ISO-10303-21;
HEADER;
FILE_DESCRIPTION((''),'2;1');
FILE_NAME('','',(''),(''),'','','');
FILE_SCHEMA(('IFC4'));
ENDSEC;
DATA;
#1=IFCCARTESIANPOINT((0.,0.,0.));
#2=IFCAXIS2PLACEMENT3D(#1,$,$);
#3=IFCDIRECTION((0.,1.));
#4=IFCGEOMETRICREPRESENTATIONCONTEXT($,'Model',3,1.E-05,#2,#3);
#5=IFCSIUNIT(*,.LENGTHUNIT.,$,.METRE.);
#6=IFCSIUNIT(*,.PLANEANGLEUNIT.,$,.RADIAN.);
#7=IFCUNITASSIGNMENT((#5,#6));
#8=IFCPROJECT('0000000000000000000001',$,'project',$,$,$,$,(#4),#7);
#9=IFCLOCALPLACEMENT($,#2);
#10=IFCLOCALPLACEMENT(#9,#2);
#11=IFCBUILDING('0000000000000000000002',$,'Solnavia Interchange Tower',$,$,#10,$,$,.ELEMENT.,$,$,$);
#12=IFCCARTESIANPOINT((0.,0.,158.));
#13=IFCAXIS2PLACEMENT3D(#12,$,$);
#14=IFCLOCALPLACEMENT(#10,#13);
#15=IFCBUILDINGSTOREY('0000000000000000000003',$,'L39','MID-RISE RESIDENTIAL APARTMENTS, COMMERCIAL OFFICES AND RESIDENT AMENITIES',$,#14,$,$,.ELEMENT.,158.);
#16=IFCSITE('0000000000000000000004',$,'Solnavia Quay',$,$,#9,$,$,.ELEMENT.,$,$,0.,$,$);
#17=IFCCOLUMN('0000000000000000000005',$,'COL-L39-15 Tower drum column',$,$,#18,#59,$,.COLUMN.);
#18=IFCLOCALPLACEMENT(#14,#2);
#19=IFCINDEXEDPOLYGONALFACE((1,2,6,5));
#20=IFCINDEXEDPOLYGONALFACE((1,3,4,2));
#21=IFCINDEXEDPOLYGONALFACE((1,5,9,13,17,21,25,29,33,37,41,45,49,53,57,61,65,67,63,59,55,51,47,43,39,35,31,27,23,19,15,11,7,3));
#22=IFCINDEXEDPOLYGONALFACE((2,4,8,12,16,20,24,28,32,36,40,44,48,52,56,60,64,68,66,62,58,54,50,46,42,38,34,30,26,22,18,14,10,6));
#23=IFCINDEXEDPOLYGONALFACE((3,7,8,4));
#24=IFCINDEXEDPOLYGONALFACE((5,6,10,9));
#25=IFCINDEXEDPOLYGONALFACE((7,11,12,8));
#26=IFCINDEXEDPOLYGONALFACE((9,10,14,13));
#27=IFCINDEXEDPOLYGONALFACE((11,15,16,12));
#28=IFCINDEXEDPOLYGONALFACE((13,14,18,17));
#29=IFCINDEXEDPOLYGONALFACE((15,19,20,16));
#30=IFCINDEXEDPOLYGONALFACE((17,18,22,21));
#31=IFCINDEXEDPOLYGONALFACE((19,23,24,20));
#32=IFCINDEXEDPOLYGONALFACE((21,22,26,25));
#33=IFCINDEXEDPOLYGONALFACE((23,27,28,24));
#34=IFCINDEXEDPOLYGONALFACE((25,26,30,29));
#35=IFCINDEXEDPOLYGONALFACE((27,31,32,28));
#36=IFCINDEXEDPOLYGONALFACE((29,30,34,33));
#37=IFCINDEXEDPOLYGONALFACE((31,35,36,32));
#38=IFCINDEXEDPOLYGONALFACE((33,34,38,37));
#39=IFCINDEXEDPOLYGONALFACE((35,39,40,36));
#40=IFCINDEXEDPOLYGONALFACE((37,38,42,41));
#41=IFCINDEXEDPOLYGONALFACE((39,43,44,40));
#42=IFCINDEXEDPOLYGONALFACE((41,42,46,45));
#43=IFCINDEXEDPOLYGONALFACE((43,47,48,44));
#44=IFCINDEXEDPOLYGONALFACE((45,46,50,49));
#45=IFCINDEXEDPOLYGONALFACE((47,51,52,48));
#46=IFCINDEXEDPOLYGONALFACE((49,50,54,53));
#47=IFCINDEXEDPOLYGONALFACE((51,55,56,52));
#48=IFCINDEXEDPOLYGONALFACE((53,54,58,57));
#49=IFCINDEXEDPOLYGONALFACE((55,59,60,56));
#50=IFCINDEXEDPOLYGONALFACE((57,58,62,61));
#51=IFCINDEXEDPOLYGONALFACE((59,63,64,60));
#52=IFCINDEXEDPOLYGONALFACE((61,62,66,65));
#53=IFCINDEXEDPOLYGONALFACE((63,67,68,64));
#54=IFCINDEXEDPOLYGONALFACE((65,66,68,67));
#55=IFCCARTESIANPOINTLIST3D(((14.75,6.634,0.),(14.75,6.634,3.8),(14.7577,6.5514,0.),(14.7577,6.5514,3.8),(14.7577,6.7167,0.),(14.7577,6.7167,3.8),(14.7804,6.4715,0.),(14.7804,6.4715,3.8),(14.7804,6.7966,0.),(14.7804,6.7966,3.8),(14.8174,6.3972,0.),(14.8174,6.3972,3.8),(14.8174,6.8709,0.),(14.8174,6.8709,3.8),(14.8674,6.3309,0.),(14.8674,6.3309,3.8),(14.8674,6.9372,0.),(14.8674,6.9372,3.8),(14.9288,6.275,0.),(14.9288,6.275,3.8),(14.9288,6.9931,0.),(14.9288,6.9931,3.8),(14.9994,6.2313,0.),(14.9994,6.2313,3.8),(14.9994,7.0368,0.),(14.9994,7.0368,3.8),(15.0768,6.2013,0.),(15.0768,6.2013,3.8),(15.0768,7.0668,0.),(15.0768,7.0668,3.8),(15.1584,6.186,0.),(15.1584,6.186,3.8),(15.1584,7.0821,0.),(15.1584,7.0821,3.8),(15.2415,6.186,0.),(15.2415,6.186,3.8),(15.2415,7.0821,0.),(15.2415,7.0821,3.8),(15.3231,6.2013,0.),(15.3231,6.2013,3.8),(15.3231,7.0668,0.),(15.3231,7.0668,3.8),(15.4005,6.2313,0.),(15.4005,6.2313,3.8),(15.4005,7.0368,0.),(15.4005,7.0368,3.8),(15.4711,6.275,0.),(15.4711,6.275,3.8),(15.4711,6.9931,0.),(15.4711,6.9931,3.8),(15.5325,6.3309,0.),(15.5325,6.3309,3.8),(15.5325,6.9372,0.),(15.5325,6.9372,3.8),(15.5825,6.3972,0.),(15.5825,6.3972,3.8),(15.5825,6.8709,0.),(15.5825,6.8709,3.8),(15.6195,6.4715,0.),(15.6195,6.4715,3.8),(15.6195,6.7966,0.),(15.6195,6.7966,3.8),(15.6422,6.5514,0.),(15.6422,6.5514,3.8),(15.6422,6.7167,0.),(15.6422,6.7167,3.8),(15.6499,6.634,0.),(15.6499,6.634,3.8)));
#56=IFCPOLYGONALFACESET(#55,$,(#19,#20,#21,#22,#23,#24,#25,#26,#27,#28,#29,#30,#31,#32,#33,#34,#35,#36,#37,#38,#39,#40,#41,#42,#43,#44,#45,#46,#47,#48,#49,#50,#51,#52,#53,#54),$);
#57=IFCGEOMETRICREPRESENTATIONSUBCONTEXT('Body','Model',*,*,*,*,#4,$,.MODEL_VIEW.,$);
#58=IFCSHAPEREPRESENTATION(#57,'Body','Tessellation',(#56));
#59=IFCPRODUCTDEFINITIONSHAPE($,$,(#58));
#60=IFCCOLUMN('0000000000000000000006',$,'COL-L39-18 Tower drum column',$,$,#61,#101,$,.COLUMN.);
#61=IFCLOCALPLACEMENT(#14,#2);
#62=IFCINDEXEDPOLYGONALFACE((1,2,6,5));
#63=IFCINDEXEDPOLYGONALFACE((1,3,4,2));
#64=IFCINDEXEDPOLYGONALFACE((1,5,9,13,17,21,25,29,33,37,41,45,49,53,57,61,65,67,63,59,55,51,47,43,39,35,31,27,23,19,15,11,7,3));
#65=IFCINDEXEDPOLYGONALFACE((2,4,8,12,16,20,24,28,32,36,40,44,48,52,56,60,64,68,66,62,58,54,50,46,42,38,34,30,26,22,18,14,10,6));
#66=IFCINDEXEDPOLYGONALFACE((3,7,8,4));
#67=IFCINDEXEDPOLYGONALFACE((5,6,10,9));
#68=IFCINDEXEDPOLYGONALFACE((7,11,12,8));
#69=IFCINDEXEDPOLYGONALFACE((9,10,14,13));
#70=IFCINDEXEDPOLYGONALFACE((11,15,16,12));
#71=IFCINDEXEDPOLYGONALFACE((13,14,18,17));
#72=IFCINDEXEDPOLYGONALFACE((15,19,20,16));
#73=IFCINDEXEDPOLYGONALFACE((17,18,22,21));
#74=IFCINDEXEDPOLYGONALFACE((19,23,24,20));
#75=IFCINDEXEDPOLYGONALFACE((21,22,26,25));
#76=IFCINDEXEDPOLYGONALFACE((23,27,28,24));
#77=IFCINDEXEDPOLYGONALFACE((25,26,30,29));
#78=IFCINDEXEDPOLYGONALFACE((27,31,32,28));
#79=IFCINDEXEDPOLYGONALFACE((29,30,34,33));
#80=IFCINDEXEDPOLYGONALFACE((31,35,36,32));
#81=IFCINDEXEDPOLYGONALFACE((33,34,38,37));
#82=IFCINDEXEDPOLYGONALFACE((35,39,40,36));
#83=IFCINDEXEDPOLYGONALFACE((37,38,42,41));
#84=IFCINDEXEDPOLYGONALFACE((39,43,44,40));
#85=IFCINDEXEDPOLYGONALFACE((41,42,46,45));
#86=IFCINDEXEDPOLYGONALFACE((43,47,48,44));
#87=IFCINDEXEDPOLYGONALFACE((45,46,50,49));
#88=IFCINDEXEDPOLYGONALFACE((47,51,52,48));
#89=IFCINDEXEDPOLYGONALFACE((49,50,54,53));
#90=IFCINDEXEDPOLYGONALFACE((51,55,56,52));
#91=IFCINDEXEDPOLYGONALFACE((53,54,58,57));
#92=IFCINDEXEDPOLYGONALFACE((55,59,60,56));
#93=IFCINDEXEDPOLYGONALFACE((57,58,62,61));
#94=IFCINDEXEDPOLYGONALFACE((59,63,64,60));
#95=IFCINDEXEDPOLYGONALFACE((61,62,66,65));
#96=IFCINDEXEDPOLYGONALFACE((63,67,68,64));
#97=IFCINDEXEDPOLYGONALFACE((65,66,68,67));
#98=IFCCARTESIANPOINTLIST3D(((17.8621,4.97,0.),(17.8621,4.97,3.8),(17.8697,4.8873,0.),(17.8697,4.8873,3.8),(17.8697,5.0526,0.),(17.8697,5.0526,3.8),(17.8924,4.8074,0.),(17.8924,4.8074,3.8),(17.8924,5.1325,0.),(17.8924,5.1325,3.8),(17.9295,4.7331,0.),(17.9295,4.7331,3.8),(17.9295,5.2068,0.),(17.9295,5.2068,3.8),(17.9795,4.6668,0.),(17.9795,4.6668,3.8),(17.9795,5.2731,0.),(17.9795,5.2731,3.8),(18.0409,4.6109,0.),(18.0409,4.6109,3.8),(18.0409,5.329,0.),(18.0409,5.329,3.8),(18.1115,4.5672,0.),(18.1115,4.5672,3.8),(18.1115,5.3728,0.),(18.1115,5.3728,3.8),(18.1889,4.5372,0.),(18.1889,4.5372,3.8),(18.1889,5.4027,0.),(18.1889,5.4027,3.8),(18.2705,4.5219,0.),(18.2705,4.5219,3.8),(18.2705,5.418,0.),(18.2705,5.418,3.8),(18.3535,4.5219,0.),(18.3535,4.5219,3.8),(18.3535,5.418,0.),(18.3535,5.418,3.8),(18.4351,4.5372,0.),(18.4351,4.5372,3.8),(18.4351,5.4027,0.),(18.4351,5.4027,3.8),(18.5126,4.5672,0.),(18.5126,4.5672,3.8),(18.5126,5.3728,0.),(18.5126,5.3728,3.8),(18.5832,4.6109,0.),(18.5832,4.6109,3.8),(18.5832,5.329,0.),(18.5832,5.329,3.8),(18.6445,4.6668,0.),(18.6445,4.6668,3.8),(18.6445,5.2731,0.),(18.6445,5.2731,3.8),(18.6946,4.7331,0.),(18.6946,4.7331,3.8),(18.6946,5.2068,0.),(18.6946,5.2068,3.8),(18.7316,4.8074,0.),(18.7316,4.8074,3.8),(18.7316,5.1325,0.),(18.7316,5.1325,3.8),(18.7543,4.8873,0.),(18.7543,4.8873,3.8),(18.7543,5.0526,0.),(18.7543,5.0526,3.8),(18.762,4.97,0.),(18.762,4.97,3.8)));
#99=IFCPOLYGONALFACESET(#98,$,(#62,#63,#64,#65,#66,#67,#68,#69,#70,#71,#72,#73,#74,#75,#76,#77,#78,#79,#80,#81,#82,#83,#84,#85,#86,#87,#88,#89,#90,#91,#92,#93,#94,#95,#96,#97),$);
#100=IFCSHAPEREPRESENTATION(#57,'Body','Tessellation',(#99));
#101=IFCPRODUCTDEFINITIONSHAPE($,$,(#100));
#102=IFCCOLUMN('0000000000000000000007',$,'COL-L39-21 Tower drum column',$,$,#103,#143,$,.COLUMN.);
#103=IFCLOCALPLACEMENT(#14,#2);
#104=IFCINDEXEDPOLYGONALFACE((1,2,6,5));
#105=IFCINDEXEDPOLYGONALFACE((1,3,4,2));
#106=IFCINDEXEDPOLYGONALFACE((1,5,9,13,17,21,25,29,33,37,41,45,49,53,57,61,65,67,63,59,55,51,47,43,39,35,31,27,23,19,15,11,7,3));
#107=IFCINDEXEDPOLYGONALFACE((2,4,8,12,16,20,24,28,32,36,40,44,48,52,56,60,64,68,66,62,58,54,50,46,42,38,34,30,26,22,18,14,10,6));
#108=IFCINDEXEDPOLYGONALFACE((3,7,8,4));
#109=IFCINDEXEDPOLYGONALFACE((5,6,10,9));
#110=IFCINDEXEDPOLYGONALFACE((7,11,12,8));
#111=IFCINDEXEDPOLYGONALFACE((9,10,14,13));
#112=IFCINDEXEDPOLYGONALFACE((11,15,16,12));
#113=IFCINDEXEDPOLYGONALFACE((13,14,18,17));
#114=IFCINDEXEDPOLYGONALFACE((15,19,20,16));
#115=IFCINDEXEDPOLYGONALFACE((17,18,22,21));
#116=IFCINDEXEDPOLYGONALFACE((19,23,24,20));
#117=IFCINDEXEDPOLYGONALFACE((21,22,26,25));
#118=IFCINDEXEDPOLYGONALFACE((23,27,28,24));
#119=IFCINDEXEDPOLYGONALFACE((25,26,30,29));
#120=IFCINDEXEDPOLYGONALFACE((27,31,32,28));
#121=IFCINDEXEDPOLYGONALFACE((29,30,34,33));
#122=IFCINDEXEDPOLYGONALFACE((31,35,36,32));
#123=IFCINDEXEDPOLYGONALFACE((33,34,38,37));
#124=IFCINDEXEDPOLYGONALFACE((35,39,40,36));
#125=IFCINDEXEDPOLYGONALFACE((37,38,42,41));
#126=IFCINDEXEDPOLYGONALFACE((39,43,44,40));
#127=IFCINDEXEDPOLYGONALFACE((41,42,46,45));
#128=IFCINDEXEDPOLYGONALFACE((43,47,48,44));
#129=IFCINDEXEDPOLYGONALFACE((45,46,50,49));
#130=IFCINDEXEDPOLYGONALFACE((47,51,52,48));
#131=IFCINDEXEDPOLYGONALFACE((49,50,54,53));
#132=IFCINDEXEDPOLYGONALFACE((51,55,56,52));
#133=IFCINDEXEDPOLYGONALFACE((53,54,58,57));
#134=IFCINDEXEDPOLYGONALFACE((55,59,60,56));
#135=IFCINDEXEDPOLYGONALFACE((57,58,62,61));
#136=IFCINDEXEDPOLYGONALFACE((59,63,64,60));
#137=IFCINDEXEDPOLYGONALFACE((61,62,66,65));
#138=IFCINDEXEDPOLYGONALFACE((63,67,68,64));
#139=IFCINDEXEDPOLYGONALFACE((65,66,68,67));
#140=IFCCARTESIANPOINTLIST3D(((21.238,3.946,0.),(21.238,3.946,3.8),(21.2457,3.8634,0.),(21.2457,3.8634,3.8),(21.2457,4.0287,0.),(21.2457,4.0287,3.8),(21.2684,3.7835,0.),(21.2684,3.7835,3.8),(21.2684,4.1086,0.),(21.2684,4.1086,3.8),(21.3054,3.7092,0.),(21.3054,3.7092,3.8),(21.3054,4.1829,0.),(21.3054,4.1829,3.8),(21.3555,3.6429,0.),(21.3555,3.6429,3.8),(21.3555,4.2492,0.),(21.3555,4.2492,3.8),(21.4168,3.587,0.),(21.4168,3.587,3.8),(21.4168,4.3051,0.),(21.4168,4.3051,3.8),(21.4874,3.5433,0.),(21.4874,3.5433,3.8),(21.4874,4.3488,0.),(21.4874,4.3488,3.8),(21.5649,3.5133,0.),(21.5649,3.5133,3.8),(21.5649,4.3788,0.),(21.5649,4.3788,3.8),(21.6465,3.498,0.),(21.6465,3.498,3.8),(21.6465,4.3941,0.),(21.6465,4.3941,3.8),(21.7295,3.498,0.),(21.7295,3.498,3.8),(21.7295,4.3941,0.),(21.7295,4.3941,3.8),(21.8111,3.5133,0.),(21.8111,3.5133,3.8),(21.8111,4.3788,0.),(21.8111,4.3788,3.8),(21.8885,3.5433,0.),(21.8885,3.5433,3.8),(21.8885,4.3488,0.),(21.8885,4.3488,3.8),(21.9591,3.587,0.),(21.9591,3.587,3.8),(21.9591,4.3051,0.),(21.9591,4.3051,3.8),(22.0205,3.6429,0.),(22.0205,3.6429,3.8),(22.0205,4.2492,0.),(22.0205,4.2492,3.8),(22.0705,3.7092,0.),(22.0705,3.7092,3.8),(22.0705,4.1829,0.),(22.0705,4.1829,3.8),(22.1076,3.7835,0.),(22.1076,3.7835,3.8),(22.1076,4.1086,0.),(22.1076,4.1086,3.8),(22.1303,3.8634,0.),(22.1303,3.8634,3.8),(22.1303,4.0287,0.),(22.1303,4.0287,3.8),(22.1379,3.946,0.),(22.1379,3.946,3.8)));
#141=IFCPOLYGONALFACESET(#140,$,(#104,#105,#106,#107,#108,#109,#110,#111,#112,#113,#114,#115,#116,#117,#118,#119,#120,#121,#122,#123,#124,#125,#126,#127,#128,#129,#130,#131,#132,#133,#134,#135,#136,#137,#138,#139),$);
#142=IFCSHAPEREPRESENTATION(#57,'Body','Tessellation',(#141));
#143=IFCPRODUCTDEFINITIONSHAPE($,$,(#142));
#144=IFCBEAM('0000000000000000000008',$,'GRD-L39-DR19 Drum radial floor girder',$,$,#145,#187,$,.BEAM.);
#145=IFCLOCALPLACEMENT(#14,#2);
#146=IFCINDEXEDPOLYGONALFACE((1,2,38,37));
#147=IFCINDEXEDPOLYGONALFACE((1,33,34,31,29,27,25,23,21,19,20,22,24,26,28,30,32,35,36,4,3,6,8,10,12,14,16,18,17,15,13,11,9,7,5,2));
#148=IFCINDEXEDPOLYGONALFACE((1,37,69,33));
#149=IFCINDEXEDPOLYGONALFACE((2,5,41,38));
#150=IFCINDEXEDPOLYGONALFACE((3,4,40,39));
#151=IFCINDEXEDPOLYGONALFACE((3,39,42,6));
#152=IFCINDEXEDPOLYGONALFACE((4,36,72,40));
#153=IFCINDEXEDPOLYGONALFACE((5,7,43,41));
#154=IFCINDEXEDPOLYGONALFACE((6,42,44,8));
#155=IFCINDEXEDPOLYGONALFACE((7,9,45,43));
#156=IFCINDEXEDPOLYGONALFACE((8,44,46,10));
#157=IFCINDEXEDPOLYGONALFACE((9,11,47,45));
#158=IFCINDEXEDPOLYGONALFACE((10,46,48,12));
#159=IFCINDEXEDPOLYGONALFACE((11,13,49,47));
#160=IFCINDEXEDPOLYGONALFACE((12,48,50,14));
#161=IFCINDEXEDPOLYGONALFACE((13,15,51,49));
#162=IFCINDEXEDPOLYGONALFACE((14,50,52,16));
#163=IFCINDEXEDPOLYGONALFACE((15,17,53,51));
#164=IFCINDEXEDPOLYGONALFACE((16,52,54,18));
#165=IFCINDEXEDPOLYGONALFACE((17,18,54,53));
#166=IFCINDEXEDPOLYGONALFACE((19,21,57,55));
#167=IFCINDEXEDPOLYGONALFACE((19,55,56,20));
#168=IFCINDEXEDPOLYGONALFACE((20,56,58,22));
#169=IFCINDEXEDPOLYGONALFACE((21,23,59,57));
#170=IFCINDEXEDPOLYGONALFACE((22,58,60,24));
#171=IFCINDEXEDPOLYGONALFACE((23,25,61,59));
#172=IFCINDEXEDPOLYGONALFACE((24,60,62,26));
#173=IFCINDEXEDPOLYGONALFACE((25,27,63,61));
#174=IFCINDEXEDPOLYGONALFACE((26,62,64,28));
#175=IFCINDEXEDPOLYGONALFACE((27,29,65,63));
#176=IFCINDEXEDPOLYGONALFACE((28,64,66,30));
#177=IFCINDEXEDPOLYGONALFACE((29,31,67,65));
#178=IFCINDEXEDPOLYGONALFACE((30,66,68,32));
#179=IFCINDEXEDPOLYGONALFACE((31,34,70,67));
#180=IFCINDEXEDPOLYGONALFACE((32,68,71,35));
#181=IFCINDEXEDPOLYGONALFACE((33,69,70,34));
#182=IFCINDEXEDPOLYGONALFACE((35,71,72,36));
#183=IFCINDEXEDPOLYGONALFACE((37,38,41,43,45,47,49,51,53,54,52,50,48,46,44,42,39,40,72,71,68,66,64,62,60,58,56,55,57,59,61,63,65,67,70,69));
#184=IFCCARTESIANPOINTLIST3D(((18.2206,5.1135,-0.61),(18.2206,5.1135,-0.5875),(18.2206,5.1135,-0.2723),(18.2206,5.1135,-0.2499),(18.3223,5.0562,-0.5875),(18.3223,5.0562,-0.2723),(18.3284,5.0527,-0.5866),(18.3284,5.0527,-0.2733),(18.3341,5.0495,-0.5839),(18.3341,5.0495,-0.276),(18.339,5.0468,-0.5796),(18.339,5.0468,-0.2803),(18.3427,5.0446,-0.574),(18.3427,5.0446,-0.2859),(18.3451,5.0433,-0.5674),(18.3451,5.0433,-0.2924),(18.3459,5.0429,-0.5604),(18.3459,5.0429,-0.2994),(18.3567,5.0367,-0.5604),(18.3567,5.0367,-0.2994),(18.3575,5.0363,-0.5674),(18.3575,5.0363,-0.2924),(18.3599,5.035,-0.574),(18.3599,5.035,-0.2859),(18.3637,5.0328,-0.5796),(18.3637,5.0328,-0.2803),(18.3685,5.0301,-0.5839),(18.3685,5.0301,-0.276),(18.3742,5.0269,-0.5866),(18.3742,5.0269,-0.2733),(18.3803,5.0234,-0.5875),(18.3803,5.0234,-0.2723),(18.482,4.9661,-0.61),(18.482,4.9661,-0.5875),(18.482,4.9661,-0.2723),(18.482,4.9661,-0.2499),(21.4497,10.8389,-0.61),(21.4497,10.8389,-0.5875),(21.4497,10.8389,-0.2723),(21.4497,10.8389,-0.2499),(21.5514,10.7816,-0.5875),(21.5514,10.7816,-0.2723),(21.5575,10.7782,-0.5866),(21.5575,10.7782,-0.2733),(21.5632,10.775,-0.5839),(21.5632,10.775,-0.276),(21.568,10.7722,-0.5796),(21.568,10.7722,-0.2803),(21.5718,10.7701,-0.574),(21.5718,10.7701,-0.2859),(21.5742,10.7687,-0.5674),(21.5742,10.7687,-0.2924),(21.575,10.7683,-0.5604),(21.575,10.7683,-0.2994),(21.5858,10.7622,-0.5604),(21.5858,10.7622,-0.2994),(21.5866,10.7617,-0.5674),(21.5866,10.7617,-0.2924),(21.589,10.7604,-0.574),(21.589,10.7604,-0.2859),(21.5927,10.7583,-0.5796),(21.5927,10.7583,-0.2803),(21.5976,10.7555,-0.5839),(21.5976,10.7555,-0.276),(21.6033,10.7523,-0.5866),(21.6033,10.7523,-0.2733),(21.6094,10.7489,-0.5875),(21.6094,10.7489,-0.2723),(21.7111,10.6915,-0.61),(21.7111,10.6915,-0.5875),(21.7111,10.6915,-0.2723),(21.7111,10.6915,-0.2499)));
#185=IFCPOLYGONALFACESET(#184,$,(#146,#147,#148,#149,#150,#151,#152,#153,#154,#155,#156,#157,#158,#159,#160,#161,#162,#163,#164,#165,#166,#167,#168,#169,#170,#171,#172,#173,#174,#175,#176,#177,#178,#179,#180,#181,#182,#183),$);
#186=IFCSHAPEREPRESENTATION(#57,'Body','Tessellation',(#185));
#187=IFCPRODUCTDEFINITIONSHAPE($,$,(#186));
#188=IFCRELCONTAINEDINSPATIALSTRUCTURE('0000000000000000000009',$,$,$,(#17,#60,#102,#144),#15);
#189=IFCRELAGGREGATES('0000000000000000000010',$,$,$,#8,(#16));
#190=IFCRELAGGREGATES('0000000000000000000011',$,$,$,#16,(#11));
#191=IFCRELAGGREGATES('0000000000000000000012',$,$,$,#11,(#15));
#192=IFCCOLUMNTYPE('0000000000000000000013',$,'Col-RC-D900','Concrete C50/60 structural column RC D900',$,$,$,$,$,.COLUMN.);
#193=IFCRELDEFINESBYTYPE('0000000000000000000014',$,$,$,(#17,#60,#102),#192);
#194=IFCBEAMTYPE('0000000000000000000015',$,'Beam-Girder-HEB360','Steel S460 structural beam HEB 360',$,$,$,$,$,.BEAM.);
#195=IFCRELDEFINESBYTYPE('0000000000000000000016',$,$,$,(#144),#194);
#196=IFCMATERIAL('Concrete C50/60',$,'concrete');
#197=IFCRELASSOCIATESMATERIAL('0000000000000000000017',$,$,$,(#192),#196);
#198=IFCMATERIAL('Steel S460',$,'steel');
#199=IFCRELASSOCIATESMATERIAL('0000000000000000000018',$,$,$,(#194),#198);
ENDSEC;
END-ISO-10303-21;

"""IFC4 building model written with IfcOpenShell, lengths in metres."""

from ifc_helpers import new_model, si_unit, direction, frame, origin, origin_2d, place, context, subcontext, project, spatial, circle, i_section, extrude, material, material_profile, profile_set, type_object, element, save


model = new_model("IFC4")

# Units and contexts
model_context = context("Model", 3, precision=1e-05, world=origin(), true_north=direction((0.0, 1.0)))
body_context = subcontext(model_context, "Body", "Model", "MODEL_VIEW")
ifc_project = project(units=[si_unit("LENGTHUNIT", "METRE"), si_unit("PLANEANGLEUNIT", "RADIAN")], contexts=[model_context])

# Site, building, storey
site_placement = place(None, origin())
site = spatial("IfcSite", under=ifc_project, at=site_placement, Name="Solnavia Quay", CompositionType="ELEMENT", RefElevation=0.0)
building_placement = place(site_placement, origin())
building = spatial("IfcBuilding", under=site, at=building_placement, Name="Solnavia Interchange Tower", CompositionType="ELEMENT")
storey_placement = place(building_placement, frame((0.0, 0.0, 158.0)))
storey = spatial("IfcBuildingStorey", under=building, at=storey_placement, Name="L39", Description="MID-RISE RESIDENTIAL APARTMENTS, COMMERCIAL OFFICES AND RESIDENT AMENITIES", CompositionType="ELEMENT", Elevation=158.0)

# Columns
ifc_material_1 = material(Name="Concrete C50/60", Category="concrete")
ifc_material_profile_1 = material_profile(ifc_material_1, circle(Radius=0.45, at=origin_2d()), Name="RC D900")
ifc_profile_set_1 = profile_set([ifc_material_profile_1], Name="Concrete C50/60")
column_type = type_object("IfcColumnType", Name="Col-RC-D900", Description="Concrete C50/60 structural column RC D900", PredefinedType="COLUMN", material=ifc_profile_set_1)
for number, where, z_axis, x_axis, name in (
    (1, (15.2, 6.634, 0.0), (0.0, 0.0, 1.0), (1.0, 0.0, 0.0), "COL-L39-15 Tower drum column"),
    (2, (18.312, 4.97, 0.0), (0.0, 0.0, 1.0), (1.0, 0.0, 0.0), "COL-L39-18 Tower drum column"),
    (3, (21.688, 3.946, 0.0), (0.0, 0.0, 1.0), (1.0, 0.0, 0.0), "COL-L39-21 Tower drum column"),
):
    element("IfcColumn", number, at=place(storey_placement, frame(where, z_axis=z_axis, x_axis=x_axis)), inside=storey, type_object=column_type, Name=name, PredefinedType="COLUMN", context=body_context, shape_type="SweptSolid", body=[
        extrude(circle(Radius=0.45, at=origin_2d()), origin(), (0.0, 0.0, 1.0), 3.8),
    ])

# Beam
ifc_material_2 = material(Name="Steel S460", Category="steel")
ifc_material_profile_2 = material_profile(ifc_material_2, i_section(OverallWidth=0.3, OverallDepth=0.3601, WebThickness=0.0125, FlangeThickness=0.0225, FilletRadius=0.0271, at=origin_2d()), Name="HEB 360")
ifc_profile_set_2 = profile_set([ifc_material_profile_2], Name="Steel S460")
beam_type_1 = type_object("IfcBeamType", Name="Beam-Girder-HEB360", Description="Steel S460 structural beam HEB 360", PredefinedType="BEAM", material=ifc_profile_set_2)
beam_1_placement = place(storey_placement, frame((18.3513, 5.0398, -0.4299), z_axis=(0.491243, 0.871022, 0.0), x_axis=(-0.871022, 0.491243, 0.0)))
element("IfcBeam", 4, at=beam_1_placement, inside=storey, type_object=beam_type_1, Name="GRD-L39-DR19 Drum radial floor girder", PredefinedType="BEAM", context=body_context, shape_type="SweptSolid", body=[
    extrude(i_section(OverallWidth=0.3, OverallDepth=0.3601, WebThickness=0.0125, FlangeThickness=0.0225, FilletRadius=0.0271, at=origin_2d()), origin(), (0.0, 0.0, 1.0), 6.5732),
])

save(model, "model.ifc")
